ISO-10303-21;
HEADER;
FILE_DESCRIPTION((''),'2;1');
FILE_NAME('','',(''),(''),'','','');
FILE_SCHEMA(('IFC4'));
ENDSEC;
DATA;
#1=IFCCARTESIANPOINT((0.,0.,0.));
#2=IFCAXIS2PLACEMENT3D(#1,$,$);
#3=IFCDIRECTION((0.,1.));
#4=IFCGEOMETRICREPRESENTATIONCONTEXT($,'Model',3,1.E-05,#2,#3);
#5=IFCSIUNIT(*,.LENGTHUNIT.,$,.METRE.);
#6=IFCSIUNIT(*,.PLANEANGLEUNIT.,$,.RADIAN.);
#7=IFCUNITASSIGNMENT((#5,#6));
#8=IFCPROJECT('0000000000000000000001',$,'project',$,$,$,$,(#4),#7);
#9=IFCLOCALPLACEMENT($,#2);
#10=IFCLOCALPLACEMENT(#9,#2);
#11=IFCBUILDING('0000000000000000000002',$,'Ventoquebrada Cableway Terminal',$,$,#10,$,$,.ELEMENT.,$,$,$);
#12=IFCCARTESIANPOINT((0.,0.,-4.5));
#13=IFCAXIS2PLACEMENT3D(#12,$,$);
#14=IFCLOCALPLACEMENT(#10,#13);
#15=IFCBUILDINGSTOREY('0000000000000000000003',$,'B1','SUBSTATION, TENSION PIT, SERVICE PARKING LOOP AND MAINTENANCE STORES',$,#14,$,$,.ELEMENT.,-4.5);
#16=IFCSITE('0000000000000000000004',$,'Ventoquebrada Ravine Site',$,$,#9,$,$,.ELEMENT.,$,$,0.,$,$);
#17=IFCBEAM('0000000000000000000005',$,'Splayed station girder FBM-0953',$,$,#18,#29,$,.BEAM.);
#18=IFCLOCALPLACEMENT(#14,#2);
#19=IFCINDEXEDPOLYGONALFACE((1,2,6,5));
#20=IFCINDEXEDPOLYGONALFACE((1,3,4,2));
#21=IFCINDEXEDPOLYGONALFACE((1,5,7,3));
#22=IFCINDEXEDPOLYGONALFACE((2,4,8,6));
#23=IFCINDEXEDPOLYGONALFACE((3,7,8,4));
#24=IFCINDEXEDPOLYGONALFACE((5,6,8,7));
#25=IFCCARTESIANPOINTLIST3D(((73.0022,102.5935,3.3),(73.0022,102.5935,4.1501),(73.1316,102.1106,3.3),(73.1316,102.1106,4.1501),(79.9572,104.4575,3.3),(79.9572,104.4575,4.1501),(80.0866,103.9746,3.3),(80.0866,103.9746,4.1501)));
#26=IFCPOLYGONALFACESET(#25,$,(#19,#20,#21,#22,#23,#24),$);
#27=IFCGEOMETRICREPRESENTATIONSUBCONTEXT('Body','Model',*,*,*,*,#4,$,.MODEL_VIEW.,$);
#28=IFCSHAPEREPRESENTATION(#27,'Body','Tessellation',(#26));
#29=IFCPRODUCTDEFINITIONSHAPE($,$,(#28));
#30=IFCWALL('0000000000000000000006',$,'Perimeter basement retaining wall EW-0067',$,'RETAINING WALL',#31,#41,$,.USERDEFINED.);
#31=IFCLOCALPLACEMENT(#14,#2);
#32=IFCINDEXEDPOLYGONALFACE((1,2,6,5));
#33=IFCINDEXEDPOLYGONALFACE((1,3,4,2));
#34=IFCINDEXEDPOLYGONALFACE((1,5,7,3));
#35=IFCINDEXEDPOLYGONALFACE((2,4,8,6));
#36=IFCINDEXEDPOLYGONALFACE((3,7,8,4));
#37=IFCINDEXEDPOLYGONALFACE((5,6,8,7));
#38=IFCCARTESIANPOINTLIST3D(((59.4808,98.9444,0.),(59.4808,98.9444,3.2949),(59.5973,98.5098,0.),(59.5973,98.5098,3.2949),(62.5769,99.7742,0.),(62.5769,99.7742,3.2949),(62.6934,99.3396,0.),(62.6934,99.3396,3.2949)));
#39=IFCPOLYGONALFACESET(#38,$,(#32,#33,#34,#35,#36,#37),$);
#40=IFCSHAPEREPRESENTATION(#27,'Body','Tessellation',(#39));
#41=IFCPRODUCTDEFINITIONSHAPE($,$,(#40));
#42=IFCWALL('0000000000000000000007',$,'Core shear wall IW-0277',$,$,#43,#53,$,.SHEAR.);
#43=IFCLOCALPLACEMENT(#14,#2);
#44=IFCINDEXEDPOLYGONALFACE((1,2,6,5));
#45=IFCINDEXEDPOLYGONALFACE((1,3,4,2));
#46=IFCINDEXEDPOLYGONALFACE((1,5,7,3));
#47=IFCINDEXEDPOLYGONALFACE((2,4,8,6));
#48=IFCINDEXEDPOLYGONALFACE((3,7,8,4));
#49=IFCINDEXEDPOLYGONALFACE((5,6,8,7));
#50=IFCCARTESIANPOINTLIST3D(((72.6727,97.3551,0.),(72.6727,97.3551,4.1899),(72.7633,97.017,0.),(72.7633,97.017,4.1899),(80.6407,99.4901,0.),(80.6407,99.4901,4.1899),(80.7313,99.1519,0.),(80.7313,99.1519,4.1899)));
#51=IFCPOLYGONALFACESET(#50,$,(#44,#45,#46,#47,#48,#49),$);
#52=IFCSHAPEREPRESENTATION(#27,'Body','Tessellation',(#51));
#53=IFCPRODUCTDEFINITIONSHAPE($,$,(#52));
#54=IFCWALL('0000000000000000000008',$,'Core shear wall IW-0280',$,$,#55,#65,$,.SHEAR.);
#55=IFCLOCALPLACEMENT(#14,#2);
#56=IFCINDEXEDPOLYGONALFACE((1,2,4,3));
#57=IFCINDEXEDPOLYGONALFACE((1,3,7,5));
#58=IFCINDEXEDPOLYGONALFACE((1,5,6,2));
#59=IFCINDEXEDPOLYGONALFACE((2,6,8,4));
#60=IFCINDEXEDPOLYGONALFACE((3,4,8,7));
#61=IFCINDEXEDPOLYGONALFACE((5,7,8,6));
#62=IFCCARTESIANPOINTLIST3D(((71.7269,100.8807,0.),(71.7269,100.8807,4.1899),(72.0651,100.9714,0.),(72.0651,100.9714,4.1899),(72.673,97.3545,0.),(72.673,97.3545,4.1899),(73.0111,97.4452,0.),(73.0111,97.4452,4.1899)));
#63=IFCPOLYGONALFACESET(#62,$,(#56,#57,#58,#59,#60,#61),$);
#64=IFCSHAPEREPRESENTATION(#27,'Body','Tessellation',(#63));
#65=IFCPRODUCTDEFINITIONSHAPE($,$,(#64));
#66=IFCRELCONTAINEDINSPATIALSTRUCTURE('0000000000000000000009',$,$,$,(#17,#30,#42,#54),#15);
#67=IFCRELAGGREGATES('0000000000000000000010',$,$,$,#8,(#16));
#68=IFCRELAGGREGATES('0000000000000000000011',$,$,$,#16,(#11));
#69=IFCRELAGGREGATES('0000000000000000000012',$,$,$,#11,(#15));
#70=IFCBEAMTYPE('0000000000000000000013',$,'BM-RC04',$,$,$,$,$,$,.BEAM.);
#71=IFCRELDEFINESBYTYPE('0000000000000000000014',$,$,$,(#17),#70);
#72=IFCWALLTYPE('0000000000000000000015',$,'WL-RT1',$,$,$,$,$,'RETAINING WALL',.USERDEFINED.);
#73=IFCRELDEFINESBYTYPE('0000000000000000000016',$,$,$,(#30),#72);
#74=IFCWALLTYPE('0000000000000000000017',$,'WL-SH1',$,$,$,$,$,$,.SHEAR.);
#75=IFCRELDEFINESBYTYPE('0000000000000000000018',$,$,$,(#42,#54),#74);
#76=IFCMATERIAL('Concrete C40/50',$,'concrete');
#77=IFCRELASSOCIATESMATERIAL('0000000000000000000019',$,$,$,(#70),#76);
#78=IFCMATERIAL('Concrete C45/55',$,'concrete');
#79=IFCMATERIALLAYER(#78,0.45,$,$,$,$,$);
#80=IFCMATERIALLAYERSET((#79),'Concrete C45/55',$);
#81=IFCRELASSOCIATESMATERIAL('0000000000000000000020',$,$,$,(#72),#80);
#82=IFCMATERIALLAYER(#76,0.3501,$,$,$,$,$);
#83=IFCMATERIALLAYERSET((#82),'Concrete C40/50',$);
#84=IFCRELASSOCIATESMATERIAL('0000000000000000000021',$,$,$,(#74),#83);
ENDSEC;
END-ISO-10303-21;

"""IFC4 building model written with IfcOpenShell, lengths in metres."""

from ifc_helpers import new_model, si_unit, direction, frame, frame_2d, origin, origin_2d, place, context, subcontext, project, spatial, rectangle, extrude, material, layer, layer_set, material_profile, profile_set, type_object, element, save


model = new_model("IFC4")

# Units and contexts
model_context = context("Model", 3, precision=1e-05, world=origin(), true_north=direction((0.0, 1.0)))
body_context = subcontext(model_context, "Body", "Model", "MODEL_VIEW")
ifc_project = project(units=[si_unit("LENGTHUNIT", "METRE"), si_unit("PLANEANGLEUNIT", "RADIAN")], contexts=[model_context])

# Site, building, storey
site_placement = place(None, origin())
site = spatial("IfcSite", under=ifc_project, at=site_placement, Name="Ventoquebrada Ravine Site", CompositionType="ELEMENT", RefElevation=0.0)
building_placement = place(site_placement, origin())
building = spatial("IfcBuilding", under=site, at=building_placement, Name="Ventoquebrada Cableway Terminal", CompositionType="ELEMENT")
storey_placement = place(building_placement, frame((0.0, 0.0, -4.5)))
storey = spatial("IfcBuildingStorey", under=building, at=storey_placement, Name="B1", Description="SUBSTATION, TENSION PIT, SERVICE PARKING LOOP AND MAINTENANCE STORES", CompositionType="ELEMENT", Elevation=-4.5)

# Shared definitions
ifc_material_1 = material(Name="Concrete C40/50", Category="concrete")

# Beam
ifc_material_profile_1 = material_profile(ifc_material_1, rectangle(XDim=0.5, YDim=0.8501, at=origin_2d()), Name="RC-BM-500X850")
ifc_profile_set_1 = profile_set([ifc_material_profile_1], Name="Concrete C40/50")
beam_type = type_object("IfcBeamType", Name="BM-RC04", PredefinedType="BEAM", material=ifc_profile_set_1)
beam_1_placement = place(storey_placement, frame((73.0669, 102.3521, 3.7251), z_axis=(0.965912, 0.258872, 0.0), x_axis=(-0.258872, 0.965912, 0.0)))
element("IfcBeam", 1, at=beam_1_placement, inside=storey, type_object=beam_type, Name="Splayed station girder FBM-0953", PredefinedType="BEAM", context=body_context, shape_type="SweptSolid", body=[
    extrude(rectangle(XDim=0.5, YDim=0.8501, at=origin_2d()), origin(), (0.0, 0.0, 1.0), 7.2004),
])

# Walls
ifc_material_2 = material(Name="Concrete C45/55", Category="concrete")
ifc_layer_1 = layer(ifc_material_2, 0.45)
ifc_layer_set_1 = layer_set([ifc_layer_1], Name="Concrete C45/55")
wall_type_1 = type_object("IfcWallType", Name="WL-RT1", ElementType="RETAINING WALL", PredefinedType="USERDEFINED", material=ifc_layer_set_1)
wall_1_placement = place(storey_placement, frame((62.635, 99.5569, 0.0), z_axis=(0.0, 0.0, 1.0), x_axis=(-0.965904, -0.2589, 0.0)))
element("IfcWall", 2, at=wall_1_placement, inside=storey, type_object=wall_type_1, Name="Perimeter basement retaining wall EW-0067", ObjectType="RETAINING WALL", PredefinedType="USERDEFINED", context=body_context, shape_type="SweptSolid", body=[
    extrude(rectangle(XDim=3.2053, YDim=0.45, at=frame_2d((1.6025, 0.0))), origin(), (0.0, 0.0, 1.0), 3.2949),
])
ifc_layer_2 = layer(ifc_material_1, 0.3501)
ifc_layer_set_2 = layer_set([ifc_layer_2], Name="Concrete C40/50")
wall_type_2 = type_object("IfcWallType", Name="WL-SH1", PredefinedType="SHEAR", material=ifc_layer_set_2)
wall_2_placement = place(storey_placement, frame((72.718, 97.186, 0.0), z_axis=(0.0, 0.0, 1.0), x_axis=(0.965926, 0.258817, 0.0)))
element("IfcWall", 3, at=wall_2_placement, inside=storey, type_object=wall_type_2, Name="Core shear wall IW-0277", PredefinedType="SHEAR", context=body_context, shape_type="SweptSolid", body=[
    extrude(rectangle(XDim=8.249, YDim=0.3501, at=frame_2d((4.1245, 0.0))), origin(), (0.0, 0.0, 1.0), 4.1899),
])
wall_3_placement = place(storey_placement, frame((71.896, 100.926, 0.0), z_axis=(0.0, 0.0, 1.0), x_axis=(0.259132, -0.965842, 0.0)))
element("IfcWall", 4, at=wall_3_placement, inside=storey, type_object=wall_type_2, Name="Core shear wall IW-0280", PredefinedType="SHEAR", context=body_context, shape_type="SweptSolid", body=[
    extrude(rectangle(XDim=3.6509, YDim=0.3501, at=frame_2d((1.8254, 0.0))), origin(), (0.0, 0.0, 1.0), 4.1899),
])

save(model, "model.ifc")
